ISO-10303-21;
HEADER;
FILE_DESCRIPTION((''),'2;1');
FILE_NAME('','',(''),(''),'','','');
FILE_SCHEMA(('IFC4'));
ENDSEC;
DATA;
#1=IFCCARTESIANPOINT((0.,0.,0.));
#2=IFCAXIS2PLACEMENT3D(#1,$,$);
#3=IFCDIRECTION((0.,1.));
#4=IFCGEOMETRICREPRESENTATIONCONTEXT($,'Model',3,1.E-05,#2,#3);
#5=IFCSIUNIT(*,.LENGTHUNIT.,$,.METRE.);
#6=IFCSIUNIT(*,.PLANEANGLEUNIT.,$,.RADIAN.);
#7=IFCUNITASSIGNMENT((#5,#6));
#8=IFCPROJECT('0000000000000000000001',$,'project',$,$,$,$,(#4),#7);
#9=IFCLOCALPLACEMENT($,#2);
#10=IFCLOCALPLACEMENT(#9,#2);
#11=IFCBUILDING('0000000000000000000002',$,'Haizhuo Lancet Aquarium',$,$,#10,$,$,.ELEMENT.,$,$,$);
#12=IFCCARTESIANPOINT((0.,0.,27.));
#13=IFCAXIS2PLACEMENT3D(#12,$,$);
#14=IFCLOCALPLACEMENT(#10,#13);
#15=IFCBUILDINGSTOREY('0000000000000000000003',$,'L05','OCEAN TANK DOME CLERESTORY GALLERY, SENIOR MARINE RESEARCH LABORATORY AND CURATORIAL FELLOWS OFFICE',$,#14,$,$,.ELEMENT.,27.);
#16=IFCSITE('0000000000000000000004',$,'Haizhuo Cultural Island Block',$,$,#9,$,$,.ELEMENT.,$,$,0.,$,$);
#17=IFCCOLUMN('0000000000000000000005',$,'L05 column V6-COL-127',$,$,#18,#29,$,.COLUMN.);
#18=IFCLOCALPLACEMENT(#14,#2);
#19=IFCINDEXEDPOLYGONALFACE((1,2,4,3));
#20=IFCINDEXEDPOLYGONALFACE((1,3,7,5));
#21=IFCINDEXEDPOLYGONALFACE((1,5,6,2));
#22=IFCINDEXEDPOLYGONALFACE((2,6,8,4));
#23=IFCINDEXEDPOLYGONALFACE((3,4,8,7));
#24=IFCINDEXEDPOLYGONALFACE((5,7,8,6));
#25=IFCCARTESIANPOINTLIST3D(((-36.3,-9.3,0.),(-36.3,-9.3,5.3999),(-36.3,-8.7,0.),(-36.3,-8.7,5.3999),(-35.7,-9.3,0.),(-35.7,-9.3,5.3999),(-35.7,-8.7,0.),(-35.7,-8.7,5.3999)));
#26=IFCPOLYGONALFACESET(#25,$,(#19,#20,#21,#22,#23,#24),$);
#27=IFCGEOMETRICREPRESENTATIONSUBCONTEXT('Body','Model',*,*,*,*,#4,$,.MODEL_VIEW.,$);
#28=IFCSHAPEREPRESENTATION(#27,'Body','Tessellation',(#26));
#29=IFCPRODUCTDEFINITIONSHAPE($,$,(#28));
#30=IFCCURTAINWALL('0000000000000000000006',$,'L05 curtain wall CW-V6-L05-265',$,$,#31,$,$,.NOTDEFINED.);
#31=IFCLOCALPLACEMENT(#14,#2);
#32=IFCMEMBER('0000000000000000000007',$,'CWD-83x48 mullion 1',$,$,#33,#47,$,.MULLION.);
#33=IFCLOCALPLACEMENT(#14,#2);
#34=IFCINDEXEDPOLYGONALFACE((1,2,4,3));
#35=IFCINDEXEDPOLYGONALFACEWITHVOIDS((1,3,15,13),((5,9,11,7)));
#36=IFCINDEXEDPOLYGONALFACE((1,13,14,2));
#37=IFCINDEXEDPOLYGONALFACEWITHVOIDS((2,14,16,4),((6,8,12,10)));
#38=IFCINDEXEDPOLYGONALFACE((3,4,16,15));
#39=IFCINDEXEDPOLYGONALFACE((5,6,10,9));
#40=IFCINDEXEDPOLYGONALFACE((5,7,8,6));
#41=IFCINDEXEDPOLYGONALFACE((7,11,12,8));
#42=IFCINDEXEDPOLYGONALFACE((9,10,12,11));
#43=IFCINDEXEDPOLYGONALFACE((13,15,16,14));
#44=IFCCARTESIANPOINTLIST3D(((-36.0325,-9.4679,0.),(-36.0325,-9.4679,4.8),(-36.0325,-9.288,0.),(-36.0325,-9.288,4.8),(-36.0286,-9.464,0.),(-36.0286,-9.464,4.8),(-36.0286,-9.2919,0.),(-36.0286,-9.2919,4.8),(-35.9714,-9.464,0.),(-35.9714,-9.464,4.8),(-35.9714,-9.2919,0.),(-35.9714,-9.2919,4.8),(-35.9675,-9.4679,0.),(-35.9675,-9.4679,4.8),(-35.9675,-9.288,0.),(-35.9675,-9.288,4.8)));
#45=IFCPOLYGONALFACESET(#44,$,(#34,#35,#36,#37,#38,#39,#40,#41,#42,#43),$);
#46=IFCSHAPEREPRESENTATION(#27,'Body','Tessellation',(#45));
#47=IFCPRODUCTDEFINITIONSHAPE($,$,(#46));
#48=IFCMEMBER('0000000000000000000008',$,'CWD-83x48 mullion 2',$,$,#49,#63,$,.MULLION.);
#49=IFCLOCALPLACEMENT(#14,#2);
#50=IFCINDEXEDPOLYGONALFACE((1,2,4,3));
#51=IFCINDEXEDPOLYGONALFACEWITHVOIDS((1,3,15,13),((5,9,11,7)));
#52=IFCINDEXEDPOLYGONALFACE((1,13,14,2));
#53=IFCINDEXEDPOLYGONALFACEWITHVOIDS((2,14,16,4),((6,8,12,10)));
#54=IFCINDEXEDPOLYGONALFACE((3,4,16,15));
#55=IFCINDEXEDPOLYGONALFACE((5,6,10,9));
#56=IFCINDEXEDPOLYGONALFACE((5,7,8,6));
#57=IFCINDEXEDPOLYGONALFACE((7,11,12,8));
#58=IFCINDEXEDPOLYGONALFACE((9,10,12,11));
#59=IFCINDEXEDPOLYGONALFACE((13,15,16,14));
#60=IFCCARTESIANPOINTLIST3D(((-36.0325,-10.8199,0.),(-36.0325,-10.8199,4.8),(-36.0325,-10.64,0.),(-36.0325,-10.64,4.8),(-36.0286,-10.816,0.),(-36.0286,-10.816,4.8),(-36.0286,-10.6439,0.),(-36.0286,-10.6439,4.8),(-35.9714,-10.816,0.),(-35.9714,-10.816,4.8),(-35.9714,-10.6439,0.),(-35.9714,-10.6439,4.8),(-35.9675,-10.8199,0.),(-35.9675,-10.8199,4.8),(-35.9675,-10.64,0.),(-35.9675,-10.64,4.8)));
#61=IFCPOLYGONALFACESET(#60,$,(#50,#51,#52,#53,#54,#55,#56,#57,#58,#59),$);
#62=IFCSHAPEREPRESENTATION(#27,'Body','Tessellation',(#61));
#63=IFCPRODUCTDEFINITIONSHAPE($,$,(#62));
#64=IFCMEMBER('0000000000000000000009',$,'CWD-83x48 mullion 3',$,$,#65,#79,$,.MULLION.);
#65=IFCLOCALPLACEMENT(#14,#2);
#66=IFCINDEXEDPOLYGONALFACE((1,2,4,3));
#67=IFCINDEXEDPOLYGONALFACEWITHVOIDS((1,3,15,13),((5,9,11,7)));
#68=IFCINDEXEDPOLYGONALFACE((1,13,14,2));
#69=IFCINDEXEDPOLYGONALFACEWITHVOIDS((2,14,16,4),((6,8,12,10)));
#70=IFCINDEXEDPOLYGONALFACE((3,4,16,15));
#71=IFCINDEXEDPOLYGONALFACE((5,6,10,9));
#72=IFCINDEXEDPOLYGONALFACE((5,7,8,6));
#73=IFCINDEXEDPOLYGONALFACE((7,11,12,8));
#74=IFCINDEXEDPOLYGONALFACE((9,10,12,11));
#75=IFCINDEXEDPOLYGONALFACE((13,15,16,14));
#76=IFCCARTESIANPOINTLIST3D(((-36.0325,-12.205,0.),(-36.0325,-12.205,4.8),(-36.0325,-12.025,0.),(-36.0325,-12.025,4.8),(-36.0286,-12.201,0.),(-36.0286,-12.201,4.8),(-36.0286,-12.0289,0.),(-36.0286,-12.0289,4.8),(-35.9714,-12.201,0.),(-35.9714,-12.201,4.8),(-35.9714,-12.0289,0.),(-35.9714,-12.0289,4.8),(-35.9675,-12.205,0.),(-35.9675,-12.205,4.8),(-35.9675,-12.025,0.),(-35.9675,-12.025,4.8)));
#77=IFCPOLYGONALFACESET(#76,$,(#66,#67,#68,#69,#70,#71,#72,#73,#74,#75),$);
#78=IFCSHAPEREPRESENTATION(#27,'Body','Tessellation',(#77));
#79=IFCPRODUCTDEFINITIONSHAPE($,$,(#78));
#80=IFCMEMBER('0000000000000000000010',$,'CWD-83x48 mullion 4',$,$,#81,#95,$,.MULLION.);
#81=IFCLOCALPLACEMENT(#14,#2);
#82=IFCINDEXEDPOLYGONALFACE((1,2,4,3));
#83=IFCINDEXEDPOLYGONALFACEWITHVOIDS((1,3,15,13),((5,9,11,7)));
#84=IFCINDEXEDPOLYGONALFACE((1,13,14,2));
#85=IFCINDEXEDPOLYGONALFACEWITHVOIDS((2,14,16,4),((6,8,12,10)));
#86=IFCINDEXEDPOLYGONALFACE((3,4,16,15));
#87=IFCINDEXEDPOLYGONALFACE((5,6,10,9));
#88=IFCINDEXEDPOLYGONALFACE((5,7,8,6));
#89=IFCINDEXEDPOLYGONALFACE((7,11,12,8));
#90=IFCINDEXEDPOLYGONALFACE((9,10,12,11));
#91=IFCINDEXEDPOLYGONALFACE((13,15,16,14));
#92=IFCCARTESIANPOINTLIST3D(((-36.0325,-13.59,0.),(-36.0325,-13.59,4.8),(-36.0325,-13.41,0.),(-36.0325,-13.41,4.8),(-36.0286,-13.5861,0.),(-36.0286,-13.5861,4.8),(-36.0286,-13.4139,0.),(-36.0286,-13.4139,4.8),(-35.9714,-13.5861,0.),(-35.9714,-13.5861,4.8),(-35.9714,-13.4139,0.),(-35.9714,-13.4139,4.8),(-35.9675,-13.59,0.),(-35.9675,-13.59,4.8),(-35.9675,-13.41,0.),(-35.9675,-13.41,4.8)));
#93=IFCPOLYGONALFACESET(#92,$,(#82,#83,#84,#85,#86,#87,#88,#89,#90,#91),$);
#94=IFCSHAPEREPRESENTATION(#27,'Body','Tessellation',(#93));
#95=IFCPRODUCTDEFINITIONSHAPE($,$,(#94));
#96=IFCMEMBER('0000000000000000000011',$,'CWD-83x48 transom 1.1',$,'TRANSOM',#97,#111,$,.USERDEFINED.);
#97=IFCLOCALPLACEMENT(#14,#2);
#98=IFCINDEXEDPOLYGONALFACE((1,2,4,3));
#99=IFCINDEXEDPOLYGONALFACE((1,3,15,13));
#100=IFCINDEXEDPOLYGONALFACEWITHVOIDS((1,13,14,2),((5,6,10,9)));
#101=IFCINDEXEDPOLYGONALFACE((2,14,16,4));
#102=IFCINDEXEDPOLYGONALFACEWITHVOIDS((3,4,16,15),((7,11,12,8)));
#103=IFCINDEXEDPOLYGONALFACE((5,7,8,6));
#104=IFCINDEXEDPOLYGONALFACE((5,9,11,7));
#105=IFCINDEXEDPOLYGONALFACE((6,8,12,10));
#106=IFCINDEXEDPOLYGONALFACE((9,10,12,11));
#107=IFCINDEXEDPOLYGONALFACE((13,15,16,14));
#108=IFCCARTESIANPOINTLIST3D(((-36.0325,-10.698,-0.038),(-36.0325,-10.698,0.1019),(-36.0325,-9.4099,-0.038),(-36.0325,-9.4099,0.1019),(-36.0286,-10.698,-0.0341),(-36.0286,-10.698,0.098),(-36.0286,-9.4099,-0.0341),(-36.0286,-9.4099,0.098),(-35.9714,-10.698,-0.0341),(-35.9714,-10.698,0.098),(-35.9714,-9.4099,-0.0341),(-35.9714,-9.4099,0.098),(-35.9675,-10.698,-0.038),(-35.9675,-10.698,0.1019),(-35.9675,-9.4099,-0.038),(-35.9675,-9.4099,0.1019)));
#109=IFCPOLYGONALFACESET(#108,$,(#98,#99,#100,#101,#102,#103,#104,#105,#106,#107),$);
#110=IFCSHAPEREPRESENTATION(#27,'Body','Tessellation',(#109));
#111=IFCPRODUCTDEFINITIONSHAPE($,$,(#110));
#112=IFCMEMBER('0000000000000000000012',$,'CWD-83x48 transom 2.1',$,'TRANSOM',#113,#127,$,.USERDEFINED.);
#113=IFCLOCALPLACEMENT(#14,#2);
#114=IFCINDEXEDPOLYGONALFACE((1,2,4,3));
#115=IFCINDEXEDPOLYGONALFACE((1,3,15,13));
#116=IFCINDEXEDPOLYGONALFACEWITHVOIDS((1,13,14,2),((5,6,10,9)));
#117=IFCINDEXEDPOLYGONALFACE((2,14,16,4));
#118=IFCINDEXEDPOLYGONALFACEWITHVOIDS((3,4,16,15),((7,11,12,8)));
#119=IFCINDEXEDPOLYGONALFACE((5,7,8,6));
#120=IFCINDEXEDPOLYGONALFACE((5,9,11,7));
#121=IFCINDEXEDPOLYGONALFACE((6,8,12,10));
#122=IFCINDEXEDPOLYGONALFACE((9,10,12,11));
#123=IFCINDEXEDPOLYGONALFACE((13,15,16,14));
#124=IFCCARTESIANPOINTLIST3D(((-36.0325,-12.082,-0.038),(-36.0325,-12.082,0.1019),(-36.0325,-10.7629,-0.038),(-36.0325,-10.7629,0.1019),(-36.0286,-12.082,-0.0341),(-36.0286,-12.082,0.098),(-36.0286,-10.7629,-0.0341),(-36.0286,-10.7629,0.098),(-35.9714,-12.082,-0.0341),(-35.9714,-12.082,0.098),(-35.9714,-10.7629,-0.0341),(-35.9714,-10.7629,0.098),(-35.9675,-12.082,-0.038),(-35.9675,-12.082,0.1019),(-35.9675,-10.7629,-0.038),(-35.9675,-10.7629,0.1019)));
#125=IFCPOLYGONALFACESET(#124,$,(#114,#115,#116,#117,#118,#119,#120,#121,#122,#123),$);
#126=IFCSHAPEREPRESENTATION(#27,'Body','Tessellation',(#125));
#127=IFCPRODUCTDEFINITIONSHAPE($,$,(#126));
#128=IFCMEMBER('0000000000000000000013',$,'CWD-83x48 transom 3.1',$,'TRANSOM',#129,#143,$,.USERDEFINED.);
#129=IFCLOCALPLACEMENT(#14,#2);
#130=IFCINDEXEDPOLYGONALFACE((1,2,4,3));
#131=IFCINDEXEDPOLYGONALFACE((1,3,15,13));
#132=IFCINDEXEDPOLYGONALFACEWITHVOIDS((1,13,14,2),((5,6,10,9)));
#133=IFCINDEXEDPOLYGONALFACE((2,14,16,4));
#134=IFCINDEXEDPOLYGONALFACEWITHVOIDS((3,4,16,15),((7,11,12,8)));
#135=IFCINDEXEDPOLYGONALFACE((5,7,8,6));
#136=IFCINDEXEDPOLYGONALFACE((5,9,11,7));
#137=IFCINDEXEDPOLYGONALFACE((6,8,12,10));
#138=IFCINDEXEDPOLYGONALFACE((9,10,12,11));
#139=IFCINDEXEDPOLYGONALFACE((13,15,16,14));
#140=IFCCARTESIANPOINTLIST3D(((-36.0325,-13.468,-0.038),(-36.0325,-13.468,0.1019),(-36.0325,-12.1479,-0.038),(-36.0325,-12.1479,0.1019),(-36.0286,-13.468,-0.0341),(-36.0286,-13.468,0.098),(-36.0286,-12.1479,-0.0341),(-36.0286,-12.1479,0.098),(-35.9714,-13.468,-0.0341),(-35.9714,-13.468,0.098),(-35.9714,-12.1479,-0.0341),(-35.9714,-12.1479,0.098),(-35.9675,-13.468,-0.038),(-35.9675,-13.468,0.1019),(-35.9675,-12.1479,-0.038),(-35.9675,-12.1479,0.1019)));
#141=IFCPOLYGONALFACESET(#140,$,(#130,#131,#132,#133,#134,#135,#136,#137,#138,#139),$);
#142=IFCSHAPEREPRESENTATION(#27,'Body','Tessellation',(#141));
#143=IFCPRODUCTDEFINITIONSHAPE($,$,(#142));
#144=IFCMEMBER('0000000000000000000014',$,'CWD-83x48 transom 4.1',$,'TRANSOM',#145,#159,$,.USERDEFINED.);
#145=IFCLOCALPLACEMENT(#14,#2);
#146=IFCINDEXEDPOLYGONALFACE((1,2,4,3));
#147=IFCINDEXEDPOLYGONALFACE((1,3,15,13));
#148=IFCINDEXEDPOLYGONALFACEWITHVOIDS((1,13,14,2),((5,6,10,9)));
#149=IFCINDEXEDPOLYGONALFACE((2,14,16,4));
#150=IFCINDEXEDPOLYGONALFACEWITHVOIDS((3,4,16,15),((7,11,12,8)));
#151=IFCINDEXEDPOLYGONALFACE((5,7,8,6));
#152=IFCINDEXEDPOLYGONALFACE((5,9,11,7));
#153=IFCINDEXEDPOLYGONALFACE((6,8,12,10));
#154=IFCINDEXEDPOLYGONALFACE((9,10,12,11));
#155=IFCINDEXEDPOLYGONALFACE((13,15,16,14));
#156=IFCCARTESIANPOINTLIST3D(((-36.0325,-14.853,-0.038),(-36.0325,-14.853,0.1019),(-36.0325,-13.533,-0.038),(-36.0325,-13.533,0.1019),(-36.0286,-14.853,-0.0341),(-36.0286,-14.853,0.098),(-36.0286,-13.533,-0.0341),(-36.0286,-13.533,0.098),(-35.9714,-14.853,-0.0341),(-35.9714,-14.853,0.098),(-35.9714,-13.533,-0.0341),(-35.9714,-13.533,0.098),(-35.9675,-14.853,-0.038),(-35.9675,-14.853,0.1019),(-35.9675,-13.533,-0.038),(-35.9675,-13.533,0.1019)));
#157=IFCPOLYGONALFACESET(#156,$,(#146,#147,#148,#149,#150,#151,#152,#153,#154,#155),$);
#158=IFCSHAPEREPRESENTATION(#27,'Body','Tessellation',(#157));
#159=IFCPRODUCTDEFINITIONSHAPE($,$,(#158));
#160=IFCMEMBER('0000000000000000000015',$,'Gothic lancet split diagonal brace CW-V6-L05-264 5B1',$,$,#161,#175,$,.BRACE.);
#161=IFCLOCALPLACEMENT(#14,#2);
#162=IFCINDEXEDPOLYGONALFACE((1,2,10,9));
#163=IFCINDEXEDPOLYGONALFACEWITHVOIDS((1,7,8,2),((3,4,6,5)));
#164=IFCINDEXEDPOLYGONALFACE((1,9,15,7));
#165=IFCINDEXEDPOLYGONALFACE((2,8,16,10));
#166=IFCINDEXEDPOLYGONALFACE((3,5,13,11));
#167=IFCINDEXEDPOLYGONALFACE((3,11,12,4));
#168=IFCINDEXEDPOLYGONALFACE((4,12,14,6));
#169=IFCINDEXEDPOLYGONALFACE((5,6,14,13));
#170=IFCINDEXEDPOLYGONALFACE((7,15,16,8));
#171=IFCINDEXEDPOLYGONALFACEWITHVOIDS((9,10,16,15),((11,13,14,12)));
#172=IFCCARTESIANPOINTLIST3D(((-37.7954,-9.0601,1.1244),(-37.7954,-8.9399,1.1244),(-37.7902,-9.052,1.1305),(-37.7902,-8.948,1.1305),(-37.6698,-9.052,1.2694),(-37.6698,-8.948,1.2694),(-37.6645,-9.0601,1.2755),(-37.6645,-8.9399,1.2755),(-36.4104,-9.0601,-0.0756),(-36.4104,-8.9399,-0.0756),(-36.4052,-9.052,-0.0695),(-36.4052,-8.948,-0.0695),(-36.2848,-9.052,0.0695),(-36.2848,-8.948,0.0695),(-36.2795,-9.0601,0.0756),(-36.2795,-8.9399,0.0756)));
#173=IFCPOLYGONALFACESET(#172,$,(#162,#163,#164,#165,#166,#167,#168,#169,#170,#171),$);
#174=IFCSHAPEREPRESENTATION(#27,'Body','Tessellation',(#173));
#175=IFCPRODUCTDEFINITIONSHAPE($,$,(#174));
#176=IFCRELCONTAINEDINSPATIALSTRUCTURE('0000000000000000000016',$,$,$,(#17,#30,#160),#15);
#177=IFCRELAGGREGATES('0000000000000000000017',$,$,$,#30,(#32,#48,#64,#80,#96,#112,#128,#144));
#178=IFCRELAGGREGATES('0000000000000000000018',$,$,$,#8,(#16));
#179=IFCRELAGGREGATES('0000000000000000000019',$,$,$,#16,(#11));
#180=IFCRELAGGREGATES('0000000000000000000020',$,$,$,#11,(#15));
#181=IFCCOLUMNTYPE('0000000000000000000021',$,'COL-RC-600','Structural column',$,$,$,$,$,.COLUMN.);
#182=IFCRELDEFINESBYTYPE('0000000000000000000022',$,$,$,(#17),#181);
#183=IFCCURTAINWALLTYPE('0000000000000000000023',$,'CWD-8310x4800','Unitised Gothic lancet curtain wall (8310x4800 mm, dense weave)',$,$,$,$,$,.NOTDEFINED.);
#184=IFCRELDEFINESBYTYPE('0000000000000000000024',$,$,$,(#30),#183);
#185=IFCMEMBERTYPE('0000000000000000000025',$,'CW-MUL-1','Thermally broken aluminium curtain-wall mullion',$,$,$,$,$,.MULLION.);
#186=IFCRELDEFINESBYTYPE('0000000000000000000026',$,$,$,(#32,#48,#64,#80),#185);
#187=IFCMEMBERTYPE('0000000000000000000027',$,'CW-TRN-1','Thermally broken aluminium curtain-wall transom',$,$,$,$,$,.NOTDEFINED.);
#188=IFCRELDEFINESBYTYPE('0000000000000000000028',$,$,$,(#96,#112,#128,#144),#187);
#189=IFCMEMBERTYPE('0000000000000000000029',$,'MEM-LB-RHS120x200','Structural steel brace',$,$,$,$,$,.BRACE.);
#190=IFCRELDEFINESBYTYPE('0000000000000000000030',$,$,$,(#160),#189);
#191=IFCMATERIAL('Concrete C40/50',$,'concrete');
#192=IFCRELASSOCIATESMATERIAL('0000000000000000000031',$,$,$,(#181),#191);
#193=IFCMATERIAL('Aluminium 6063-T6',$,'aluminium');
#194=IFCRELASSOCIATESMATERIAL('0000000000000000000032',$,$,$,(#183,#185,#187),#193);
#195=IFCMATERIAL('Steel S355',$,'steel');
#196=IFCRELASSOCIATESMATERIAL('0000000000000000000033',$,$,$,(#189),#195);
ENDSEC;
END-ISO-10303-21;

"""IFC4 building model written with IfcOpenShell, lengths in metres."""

from ifc_helpers import new_model, si_unit, direction, frame, origin, origin_2d, place, context, subcontext, project, spatial, rectangle, hollow_rectangle, extrude, material, material_profile, profile_set, type_object, element, aggregate, save


model = new_model("IFC4")

# Units and contexts
model_context = context("Model", 3, precision=1e-05, world=origin(), true_north=direction((0.0, 1.0)))
body_context = subcontext(model_context, "Body", "Model", "MODEL_VIEW")
ifc_project = project(units=[si_unit("LENGTHUNIT", "METRE"), si_unit("PLANEANGLEUNIT", "RADIAN")], contexts=[model_context])

# Site, building, storey
site_placement = place(None, origin())
site = spatial("IfcSite", under=ifc_project, at=site_placement, Name="Haizhuo Cultural Island Block", CompositionType="ELEMENT", RefElevation=0.0)
building_placement = place(site_placement, origin())
building = spatial("IfcBuilding", under=site, at=building_placement, Name="Haizhuo Lancet Aquarium", CompositionType="ELEMENT")
storey_placement = place(building_placement, frame((0.0, 0.0, 27.0)))
storey = spatial("IfcBuildingStorey", under=building, at=storey_placement, Name="L05", Description="OCEAN TANK DOME CLERESTORY GALLERY, SENIOR MARINE RESEARCH LABORATORY AND CURATORIAL FELLOWS OFFICE", CompositionType="ELEMENT", Elevation=27.0)

# Column
ifc_material_1 = material(Name="Concrete C40/50", Category="concrete")
ifc_material_profile_1 = material_profile(ifc_material_1, rectangle(XDim=0.6001, YDim=0.6001, at=origin_2d()), Name="RC-COL 600x600")
ifc_profile_set_1 = profile_set([ifc_material_profile_1], Name="Concrete C40/50")
column_type = type_object("IfcColumnType", Name="COL-RC-600", Description="Structural column", PredefinedType="COLUMN", material=ifc_profile_set_1)
column_placement = place(storey_placement, frame((-36.0, -9.0, 0.0), z_axis=(0.0, 0.0, 1.0), x_axis=(1.0, 0.0, 0.0)))
element("IfcColumn", 1, at=column_placement, inside=storey, type_object=column_type, Name="L05 column V6-COL-127", PredefinedType="COLUMN", context=body_context, shape_type="SweptSolid", body=[
    extrude(rectangle(XDim=0.6001, YDim=0.6001, at=origin_2d()), origin(), (0.0, 0.0, 1.0), 5.3999),
])

# Curtain wall, members
ifc_material_2 = material(Name="Aluminium 6063-T6", Category="aluminium")
curtain_wall_type = type_object("IfcCurtainWallType", Name="CWD-8310x4800", Description="Unitised Gothic lancet curtain wall (8310x4800 mm, dense weave)", PredefinedType="NOTDEFINED", material=ifc_material_2)
curtain_wall_placement = place(storey_placement, origin())
curtain_wall = element("IfcCurtainWall", 2, at=curtain_wall_placement, inside=storey, type_object=curtain_wall_type, Name="L05 curtain wall CW-V6-L05-265", PredefinedType="NOTDEFINED")
ifc_material_profile_2 = material_profile(ifc_material_2, hollow_rectangle(XDim=0.0649, YDim=0.1799, WallThickness=0.0039, at=origin_2d()), Name="ALU-M 65x180x4")
ifc_profile_set_2 = profile_set([ifc_material_profile_2], Name="Aluminium 6063-T6")
member_type_1 = type_object("IfcMemberType", Name="CW-MUL-1", Description="Thermally broken aluminium curtain-wall mullion", PredefinedType="MULLION", material=ifc_profile_set_2)
member_1_placement = place(storey_placement, frame((-36.0, -9.3779, 0.0), z_axis=(0.0, 0.0, 1.0), x_axis=(1.0, 0.0, 0.0)))
member_1 = element("IfcMember", 3, at=member_1_placement, type_object=member_type_1, Name="CWD-83x48 mullion 1", PredefinedType="MULLION", context=body_context, shape_type="SweptSolid", body=[
    extrude(hollow_rectangle(XDim=0.0649, YDim=0.1799, WallThickness=0.0039, at=origin_2d()), origin(), (0.0, 0.0, 1.0), 4.8),
])
member_2_placement = place(storey_placement, frame((-36.0, -10.73, 0.0), z_axis=(0.0, 0.0, 1.0), x_axis=(1.0, 0.0, 0.0)))
member_2 = element("IfcMember", 4, at=member_2_placement, type_object=member_type_1, Name="CWD-83x48 mullion 2", PredefinedType="MULLION", context=body_context, shape_type="SweptSolid", body=[
    extrude(hollow_rectangle(XDim=0.0649, YDim=0.1799, WallThickness=0.0039, at=origin_2d()), origin(), (0.0, 0.0, 1.0), 4.8),
])
member_3_placement = place(storey_placement, frame((-36.0, -12.115, 0.0), z_axis=(0.0, 0.0, 1.0), x_axis=(1.0, 0.0, 0.0)))
member_3 = element("IfcMember", 5, at=member_3_placement, type_object=member_type_1, Name="CWD-83x48 mullion 3", PredefinedType="MULLION", context=body_context, shape_type="SweptSolid", body=[
    extrude(hollow_rectangle(XDim=0.0649, YDim=0.1799, WallThickness=0.0039, at=origin_2d()), origin(), (0.0, 0.0, 1.0), 4.8),
])
member_4_placement = place(storey_placement, frame((-36.0, -13.5, 0.0), z_axis=(0.0, 0.0, 1.0), x_axis=(1.0, 0.0, 0.0)))
member_4 = element("IfcMember", 6, at=member_4_placement, type_object=member_type_1, Name="CWD-83x48 mullion 4", PredefinedType="MULLION", context=body_context, shape_type="SweptSolid", body=[
    extrude(hollow_rectangle(XDim=0.0649, YDim=0.1799, WallThickness=0.0039, at=origin_2d()), origin(), (0.0, 0.0, 1.0), 4.8),
])
ifc_material_profile_3 = material_profile(ifc_material_2, hollow_rectangle(XDim=0.0649, YDim=0.1399, WallThickness=0.0039, at=origin_2d()), Name="ALU-T 65x140x4")
ifc_profile_set_3 = profile_set([ifc_material_profile_3], Name="Aluminium 6063-T6")
member_type_2 = type_object("IfcMemberType", Name="CW-TRN-1", Description="Thermally broken aluminium curtain-wall transom", PredefinedType="NOTDEFINED", material=ifc_profile_set_3)
member_5_placement = place(storey_placement, frame((-36.0, -9.4099, 0.032), z_axis=(0.0, -1.0, 0.0), x_axis=(1.0, 0.0, 0.0)))
member_5 = element("IfcMember", 7, at=member_5_placement, type_object=member_type_2, Name="CWD-83x48 transom 1.1", ObjectType="TRANSOM", PredefinedType="USERDEFINED", context=body_context, shape_type="SweptSolid", body=[
    extrude(hollow_rectangle(XDim=0.0649, YDim=0.1399, WallThickness=0.0039, at=origin_2d()), origin(), (0.0, 0.0, 1.0), 1.2881),
])
member_6_placement = place(storey_placement, frame((-36.0, -10.7629, 0.032), z_axis=(0.0, -1.0, 0.0), x_axis=(1.0, 0.0, 0.0)))
member_6 = element("IfcMember", 8, at=member_6_placement, type_object=member_type_2, Name="CWD-83x48 transom 2.1", ObjectType="TRANSOM", PredefinedType="USERDEFINED", context=body_context, shape_type="SweptSolid", body=[
    extrude(hollow_rectangle(XDim=0.0649, YDim=0.1399, WallThickness=0.0039, at=origin_2d()), origin(), (0.0, 0.0, 1.0), 1.3191),
])
member_7_placement = place(storey_placement, frame((-36.0, -12.1479, 0.032), z_axis=(0.0, -1.0, 0.0), x_axis=(1.0, 0.0, 0.0)))
member_7 = element("IfcMember", 9, at=member_7_placement, type_object=member_type_2, Name="CWD-83x48 transom 3.1", ObjectType="TRANSOM", PredefinedType="USERDEFINED", context=body_context, shape_type="SweptSolid", body=[
    extrude(hollow_rectangle(XDim=0.0649, YDim=0.1399, WallThickness=0.0039, at=origin_2d()), origin(), (0.0, 0.0, 1.0), 1.3201),
])
member_8_placement = place(storey_placement, frame((-36.0, -13.533, 0.032), z_axis=(0.0, -1.0, 0.0), x_axis=(1.0, 0.0, 0.0)))
member_8 = element("IfcMember", 10, at=member_8_placement, type_object=member_type_2, Name="CWD-83x48 transom 4.1", ObjectType="TRANSOM", PredefinedType="USERDEFINED", context=body_context, shape_type="SweptSolid", body=[
    extrude(hollow_rectangle(XDim=0.0649, YDim=0.1399, WallThickness=0.0039, at=origin_2d()), origin(), (0.0, 0.0, 1.0), 1.3201),
])

# Member
ifc_material_3 = material(Name="Steel S355", Category="steel")
ifc_material_profile_4 = material_profile(ifc_material_3, hollow_rectangle(XDim=0.1201, YDim=0.2, WallThickness=0.0081, at=origin_2d()), Name="RHS 120x200x8")
ifc_profile_set_4 = profile_set([ifc_material_profile_4], Name="Steel S355")
member_type_3 = type_object("IfcMemberType", Name="MEM-LB-RHS120x200", Description="Structural steel brace", PredefinedType="BRACE", material=ifc_profile_set_4)
member_9_placement = place(storey_placement, frame((-36.345, -9.0, 0.0), z_axis=(-0.755795, 0.0, 0.654809), x_axis=(0.0, -1.0, 0.0)))
element("IfcMember", 11, at=member_9_placement, inside=storey, type_object=member_type_3, Name="Gothic lancet split diagonal brace CW-V6-L05-264 5B1", PredefinedType="BRACE", context=body_context, shape_type="SweptSolid", body=[
    extrude(hollow_rectangle(XDim=0.1201, YDim=0.2, WallThickness=0.0081, at=origin_2d()), origin(), (0.0, 0.0, 1.0), 1.8325),
])

aggregate(curtain_wall, [member_1, member_2, member_3, member_4, member_5, member_6, member_7, member_8])

save(model, "model.ifc")
